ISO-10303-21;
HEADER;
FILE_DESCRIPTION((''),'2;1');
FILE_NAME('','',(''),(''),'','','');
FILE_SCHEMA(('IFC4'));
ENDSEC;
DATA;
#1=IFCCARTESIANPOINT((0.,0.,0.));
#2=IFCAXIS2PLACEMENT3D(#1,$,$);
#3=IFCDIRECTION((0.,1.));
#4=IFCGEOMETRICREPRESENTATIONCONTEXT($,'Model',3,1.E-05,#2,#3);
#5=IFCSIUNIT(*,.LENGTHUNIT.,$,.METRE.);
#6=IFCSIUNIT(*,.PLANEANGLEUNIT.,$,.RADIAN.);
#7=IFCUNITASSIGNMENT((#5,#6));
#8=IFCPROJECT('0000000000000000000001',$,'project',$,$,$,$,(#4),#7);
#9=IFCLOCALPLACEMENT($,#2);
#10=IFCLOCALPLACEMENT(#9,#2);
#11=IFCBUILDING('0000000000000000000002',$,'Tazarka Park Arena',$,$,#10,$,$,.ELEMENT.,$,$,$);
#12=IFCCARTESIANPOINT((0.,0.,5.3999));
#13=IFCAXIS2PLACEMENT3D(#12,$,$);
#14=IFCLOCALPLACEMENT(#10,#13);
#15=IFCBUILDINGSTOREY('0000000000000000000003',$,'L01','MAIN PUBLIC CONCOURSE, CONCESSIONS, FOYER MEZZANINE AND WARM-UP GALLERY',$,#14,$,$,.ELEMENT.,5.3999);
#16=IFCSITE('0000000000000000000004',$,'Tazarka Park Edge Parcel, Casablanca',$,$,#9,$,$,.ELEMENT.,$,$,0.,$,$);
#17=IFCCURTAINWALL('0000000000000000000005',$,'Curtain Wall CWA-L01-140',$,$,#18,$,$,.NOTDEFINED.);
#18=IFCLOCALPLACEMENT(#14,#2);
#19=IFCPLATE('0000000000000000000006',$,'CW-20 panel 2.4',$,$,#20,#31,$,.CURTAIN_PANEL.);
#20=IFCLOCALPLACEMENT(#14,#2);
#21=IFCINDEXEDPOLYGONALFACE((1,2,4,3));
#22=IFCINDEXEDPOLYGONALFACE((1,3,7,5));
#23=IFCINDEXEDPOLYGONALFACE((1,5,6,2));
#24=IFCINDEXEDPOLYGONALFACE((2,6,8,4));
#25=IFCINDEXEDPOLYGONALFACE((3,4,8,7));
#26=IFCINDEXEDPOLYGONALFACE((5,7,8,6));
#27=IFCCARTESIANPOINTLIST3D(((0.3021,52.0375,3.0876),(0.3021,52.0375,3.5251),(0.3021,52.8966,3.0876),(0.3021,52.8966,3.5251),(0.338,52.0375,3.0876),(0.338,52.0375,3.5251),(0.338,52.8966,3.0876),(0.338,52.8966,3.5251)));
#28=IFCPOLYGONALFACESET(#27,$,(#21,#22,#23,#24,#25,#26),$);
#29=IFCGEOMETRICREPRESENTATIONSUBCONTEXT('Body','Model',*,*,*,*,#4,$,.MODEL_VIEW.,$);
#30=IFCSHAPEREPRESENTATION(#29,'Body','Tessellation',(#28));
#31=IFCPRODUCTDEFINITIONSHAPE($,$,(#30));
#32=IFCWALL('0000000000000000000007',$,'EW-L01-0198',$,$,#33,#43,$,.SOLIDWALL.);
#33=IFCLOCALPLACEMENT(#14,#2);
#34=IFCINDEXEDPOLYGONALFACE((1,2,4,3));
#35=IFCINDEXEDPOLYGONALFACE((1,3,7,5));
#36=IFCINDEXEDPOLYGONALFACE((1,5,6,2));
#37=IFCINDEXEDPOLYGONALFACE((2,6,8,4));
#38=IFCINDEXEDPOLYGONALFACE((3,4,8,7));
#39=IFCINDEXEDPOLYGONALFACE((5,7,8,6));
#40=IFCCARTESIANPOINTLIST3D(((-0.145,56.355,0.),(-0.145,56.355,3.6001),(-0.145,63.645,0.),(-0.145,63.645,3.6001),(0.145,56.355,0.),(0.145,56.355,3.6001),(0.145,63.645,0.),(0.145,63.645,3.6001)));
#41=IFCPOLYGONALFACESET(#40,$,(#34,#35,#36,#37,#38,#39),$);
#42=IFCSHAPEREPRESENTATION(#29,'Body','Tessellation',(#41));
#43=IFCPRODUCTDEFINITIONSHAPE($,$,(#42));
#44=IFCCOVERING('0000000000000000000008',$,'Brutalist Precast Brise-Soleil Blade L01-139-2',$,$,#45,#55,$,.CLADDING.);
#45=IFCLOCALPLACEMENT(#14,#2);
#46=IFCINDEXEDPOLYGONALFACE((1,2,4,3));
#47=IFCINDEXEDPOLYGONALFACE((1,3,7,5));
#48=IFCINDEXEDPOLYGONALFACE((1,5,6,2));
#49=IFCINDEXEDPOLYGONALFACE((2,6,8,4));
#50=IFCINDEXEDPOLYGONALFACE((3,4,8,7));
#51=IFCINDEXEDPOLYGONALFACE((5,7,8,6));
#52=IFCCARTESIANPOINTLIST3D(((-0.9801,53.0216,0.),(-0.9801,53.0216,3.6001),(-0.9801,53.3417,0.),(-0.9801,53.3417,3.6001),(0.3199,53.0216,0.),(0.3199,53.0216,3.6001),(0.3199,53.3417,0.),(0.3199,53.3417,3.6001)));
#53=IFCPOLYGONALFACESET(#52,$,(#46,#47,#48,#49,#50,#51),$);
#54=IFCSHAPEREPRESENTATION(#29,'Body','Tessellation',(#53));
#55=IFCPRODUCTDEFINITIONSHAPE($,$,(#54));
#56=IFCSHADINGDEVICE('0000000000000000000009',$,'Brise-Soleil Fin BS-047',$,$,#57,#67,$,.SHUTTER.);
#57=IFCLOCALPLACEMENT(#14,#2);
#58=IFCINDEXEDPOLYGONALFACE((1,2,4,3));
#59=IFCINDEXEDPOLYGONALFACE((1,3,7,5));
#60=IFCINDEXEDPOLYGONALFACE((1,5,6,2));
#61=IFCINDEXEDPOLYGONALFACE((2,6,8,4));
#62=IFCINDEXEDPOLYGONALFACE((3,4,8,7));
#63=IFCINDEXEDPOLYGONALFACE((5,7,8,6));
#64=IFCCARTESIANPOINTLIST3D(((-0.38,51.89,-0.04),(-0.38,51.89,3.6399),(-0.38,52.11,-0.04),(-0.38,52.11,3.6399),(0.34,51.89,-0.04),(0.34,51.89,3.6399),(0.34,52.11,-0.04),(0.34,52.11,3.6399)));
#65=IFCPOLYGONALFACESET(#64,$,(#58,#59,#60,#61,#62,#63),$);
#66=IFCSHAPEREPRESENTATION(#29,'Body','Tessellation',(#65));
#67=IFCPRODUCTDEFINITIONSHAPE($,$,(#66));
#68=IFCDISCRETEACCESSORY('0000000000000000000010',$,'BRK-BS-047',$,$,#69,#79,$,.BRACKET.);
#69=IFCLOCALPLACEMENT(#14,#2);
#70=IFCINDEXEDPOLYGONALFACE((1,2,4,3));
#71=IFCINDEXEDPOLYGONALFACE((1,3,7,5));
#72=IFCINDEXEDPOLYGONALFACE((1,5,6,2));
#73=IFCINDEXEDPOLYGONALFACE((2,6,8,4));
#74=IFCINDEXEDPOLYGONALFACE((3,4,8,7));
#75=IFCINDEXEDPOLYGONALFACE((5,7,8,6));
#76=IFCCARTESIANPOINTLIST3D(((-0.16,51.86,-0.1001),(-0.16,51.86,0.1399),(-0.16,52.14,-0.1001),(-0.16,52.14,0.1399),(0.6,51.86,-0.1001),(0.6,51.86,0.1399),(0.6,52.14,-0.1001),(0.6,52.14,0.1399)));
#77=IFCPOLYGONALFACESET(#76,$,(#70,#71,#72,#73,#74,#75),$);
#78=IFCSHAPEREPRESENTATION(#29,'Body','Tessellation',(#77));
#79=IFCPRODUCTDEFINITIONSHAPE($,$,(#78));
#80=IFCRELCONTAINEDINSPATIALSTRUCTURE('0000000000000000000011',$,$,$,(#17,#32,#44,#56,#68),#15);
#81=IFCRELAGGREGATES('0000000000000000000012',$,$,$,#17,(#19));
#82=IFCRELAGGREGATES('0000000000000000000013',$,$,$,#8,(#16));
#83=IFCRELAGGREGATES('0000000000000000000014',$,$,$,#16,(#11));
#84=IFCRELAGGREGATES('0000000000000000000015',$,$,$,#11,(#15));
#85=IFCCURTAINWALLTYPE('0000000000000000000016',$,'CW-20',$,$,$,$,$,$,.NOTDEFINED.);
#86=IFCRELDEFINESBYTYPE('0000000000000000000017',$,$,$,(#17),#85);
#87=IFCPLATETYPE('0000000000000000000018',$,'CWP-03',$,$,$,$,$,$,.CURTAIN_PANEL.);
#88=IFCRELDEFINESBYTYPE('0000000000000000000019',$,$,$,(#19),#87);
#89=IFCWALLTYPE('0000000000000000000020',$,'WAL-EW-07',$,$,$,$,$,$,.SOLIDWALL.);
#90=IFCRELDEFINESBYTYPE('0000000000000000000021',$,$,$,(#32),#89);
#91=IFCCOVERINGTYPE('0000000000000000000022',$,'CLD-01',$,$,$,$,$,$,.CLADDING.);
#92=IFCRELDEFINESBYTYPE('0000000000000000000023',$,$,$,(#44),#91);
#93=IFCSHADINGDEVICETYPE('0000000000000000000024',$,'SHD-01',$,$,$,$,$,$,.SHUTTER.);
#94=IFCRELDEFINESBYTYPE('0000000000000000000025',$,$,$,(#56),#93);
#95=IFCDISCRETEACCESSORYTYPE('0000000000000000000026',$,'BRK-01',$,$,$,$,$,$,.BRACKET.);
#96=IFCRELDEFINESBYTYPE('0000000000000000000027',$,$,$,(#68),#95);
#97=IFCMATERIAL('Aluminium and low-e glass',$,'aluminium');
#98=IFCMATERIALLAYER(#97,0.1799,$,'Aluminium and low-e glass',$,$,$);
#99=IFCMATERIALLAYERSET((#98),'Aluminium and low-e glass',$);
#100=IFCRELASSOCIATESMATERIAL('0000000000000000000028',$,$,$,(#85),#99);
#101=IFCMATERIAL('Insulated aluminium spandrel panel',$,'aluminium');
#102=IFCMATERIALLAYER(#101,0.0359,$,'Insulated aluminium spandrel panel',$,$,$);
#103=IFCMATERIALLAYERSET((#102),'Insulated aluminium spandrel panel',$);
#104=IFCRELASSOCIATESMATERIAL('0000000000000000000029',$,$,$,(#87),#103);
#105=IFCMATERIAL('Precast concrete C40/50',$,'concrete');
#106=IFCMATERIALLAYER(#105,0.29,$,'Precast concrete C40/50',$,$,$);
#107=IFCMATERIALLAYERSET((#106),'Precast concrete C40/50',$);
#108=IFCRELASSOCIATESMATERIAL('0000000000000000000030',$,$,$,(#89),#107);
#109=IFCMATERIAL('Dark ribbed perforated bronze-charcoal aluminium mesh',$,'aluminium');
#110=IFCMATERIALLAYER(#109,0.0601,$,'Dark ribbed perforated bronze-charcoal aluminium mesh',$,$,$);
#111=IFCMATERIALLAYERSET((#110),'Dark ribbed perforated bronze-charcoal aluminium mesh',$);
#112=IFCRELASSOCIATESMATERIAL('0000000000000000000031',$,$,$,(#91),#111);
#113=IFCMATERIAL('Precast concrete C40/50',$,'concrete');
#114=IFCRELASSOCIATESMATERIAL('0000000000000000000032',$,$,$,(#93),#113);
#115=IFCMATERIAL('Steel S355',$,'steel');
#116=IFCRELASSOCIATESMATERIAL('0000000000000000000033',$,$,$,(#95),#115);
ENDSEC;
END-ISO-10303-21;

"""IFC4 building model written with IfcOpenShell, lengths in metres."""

from ifc_helpers import new_model, si_unit, direction, frame, frame_2d, origin, origin_2d, place, context, subcontext, project, spatial, rectangle, extrude, material, layer, layer_set, type_object, element, aggregate, save


model = new_model("IFC4")

# Units and contexts
model_context = context("Model", 3, precision=1e-05, world=origin(), true_north=direction((0.0, 1.0)))
body_context = subcontext(model_context, "Body", "Model", "MODEL_VIEW")
ifc_project = project(units=[si_unit("LENGTHUNIT", "METRE"), si_unit("PLANEANGLEUNIT", "RADIAN")], contexts=[model_context])

# Site, building, storey
site_placement = place(None, origin())
site = spatial("IfcSite", under=ifc_project, at=site_placement, Name="Tazarka Park Edge Parcel, Casablanca", CompositionType="ELEMENT", RefElevation=0.0)
building_placement = place(site_placement, origin())
building = spatial("IfcBuilding", under=site, at=building_placement, Name="Tazarka Park Arena", CompositionType="ELEMENT")
storey_placement = place(building_placement, frame((0.0, 0.0, 5.3999)))
storey = spatial("IfcBuildingStorey", under=building, at=storey_placement, Name="L01", Description="MAIN PUBLIC CONCOURSE, CONCESSIONS, FOYER MEZZANINE AND WARM-UP GALLERY", CompositionType="ELEMENT", Elevation=5.3999)

# Curtain wall
ifc_material_1 = material(Name="Aluminium and low-e glass", Category="aluminium")
ifc_layer_1 = layer(ifc_material_1, 0.1799, Name="Aluminium and low-e glass")
ifc_layer_set_1 = layer_set([ifc_layer_1], Name="Aluminium and low-e glass")
curtain_wall_type_1 = type_object("IfcCurtainWallType", Name="CW-20", PredefinedType="NOTDEFINED", material=ifc_layer_set_1)
curtain_wall_1_placement = place(storey_placement, origin())
curtain_wall_1 = element("IfcCurtainWall", 1, at=curtain_wall_1_placement, inside=storey, type_object=curtain_wall_type_1, Name="Curtain Wall CWA-L01-140", PredefinedType="NOTDEFINED")

# Plate
ifc_material_2 = material(Name="Insulated aluminium spandrel panel", Category="aluminium")
ifc_layer_2 = layer(ifc_material_2, 0.0359, Name="Insulated aluminium spandrel panel")
ifc_layer_set_2 = layer_set([ifc_layer_2], Name="Insulated aluminium spandrel panel")
plate_type = type_object("IfcPlateType", Name="CWP-03", PredefinedType="CURTAIN_PANEL", material=ifc_layer_set_2)
plate_1_placement = place(storey_placement, frame((0.3201, 52.467, 3.0876), z_axis=(0.0, 0.0, 1.0), x_axis=(0.0, 1.0, 0.0)))
plate_1 = element("IfcPlate", 2, at=plate_1_placement, type_object=plate_type, Name="CW-20 panel 2.4", PredefinedType="CURTAIN_PANEL", context=body_context, shape_type="SweptSolid", body=[
    extrude(rectangle(XDim=0.8591, YDim=0.0359, at=origin_2d()), origin(), (0.0, 0.0, 1.0), 0.4375),
])
aggregate(curtain_wall_1, [plate_1])

# Wall
ifc_material_3 = material(Name="Precast concrete C40/50", Category="concrete")
ifc_layer_3 = layer(ifc_material_3, 0.29, Name="Precast concrete C40/50")
ifc_layer_set_3 = layer_set([ifc_layer_3], Name="Precast concrete C40/50")
wall_type = type_object("IfcWallType", Name="WAL-EW-07", PredefinedType="SOLIDWALL", material=ifc_layer_set_3)
wall_placement = place(storey_placement, frame((0.0, 56.355, 0.0), z_axis=(0.0, 0.0, 1.0), x_axis=(0.0, 1.0, 0.0)))
element("IfcWall", 3, at=wall_placement, inside=storey, type_object=wall_type, Name="EW-L01-0198", PredefinedType="SOLIDWALL", context=body_context, shape_type="SweptSolid", body=[
    extrude(rectangle(XDim=7.29, YDim=0.29, at=frame_2d((3.645, 0.0))), origin(), (0.0, 0.0, 1.0), 3.6001),
])

# Covering
ifc_material_4 = material(Name="Dark ribbed perforated bronze-charcoal aluminium mesh", Category="aluminium")
ifc_layer_4 = layer(ifc_material_4, 0.0601, Name="Dark ribbed perforated bronze-charcoal aluminium mesh")
ifc_layer_set_4 = layer_set([ifc_layer_4], Name="Dark ribbed perforated bronze-charcoal aluminium mesh")
covering_type = type_object("IfcCoveringType", Name="CLD-01", PredefinedType="CLADDING", material=ifc_layer_set_4)
covering_placement = place(storey_placement, frame((-0.3301, 53.1816, 0.0), z_axis=(0.0, 0.0, 1.0), x_axis=(0.0, 1.0, 0.0)))
element("IfcCovering", 4, at=covering_placement, inside=storey, type_object=covering_type, Name="Brutalist Precast Brise-Soleil Blade L01-139-2", PredefinedType="CLADDING", context=body_context, shape_type="SweptSolid", body=[
    extrude(rectangle(XDim=0.3201, YDim=1.3, at=origin_2d()), origin(), (0.0, 0.0, 1.0), 3.6001),
])

# Shading device
ifc_material_5 = material(Name="Precast concrete C40/50", Category="concrete")
shading_device_type = type_object("IfcShadingDeviceType", Name="SHD-01", PredefinedType="SHUTTER", material=ifc_material_5)
shading_device_placement = place(storey_placement, frame((-0.02, 52.0, -0.04), z_axis=(0.0, 0.0, 1.0), x_axis=(0.0, 1.0, 0.0)))
element("IfcShadingDevice", 5, at=shading_device_placement, inside=storey, type_object=shading_device_type, Name="Brise-Soleil Fin BS-047", PredefinedType="SHUTTER", context=body_context, shape_type="SweptSolid", body=[
    extrude(rectangle(XDim=0.22, YDim=0.72, at=origin_2d()), origin(), (0.0, 0.0, 1.0), 3.6799),
])

# Discrete accessory
ifc_material_6 = material(Name="Steel S355", Category="steel")
discrete_accessory_type = type_object("IfcDiscreteAccessoryType", Name="BRK-01", PredefinedType="BRACKET", material=ifc_material_6)
discrete_accessory_placement = place(storey_placement, frame((0.22, 52.0, -0.1001), z_axis=(0.0, 0.0, 1.0), x_axis=(0.0, 1.0, 0.0)))
element("IfcDiscreteAccessory", 6, at=discrete_accessory_placement, inside=storey, type_object=discrete_accessory_type, Name="BRK-BS-047", PredefinedType="BRACKET", context=body_context, shape_type="SweptSolid", body=[
    extrude(rectangle(XDim=0.28, YDim=0.76, at=origin_2d()), origin(), (0.0, 0.0, 1.0), 0.24),
])

save(model, "model.ifc")
